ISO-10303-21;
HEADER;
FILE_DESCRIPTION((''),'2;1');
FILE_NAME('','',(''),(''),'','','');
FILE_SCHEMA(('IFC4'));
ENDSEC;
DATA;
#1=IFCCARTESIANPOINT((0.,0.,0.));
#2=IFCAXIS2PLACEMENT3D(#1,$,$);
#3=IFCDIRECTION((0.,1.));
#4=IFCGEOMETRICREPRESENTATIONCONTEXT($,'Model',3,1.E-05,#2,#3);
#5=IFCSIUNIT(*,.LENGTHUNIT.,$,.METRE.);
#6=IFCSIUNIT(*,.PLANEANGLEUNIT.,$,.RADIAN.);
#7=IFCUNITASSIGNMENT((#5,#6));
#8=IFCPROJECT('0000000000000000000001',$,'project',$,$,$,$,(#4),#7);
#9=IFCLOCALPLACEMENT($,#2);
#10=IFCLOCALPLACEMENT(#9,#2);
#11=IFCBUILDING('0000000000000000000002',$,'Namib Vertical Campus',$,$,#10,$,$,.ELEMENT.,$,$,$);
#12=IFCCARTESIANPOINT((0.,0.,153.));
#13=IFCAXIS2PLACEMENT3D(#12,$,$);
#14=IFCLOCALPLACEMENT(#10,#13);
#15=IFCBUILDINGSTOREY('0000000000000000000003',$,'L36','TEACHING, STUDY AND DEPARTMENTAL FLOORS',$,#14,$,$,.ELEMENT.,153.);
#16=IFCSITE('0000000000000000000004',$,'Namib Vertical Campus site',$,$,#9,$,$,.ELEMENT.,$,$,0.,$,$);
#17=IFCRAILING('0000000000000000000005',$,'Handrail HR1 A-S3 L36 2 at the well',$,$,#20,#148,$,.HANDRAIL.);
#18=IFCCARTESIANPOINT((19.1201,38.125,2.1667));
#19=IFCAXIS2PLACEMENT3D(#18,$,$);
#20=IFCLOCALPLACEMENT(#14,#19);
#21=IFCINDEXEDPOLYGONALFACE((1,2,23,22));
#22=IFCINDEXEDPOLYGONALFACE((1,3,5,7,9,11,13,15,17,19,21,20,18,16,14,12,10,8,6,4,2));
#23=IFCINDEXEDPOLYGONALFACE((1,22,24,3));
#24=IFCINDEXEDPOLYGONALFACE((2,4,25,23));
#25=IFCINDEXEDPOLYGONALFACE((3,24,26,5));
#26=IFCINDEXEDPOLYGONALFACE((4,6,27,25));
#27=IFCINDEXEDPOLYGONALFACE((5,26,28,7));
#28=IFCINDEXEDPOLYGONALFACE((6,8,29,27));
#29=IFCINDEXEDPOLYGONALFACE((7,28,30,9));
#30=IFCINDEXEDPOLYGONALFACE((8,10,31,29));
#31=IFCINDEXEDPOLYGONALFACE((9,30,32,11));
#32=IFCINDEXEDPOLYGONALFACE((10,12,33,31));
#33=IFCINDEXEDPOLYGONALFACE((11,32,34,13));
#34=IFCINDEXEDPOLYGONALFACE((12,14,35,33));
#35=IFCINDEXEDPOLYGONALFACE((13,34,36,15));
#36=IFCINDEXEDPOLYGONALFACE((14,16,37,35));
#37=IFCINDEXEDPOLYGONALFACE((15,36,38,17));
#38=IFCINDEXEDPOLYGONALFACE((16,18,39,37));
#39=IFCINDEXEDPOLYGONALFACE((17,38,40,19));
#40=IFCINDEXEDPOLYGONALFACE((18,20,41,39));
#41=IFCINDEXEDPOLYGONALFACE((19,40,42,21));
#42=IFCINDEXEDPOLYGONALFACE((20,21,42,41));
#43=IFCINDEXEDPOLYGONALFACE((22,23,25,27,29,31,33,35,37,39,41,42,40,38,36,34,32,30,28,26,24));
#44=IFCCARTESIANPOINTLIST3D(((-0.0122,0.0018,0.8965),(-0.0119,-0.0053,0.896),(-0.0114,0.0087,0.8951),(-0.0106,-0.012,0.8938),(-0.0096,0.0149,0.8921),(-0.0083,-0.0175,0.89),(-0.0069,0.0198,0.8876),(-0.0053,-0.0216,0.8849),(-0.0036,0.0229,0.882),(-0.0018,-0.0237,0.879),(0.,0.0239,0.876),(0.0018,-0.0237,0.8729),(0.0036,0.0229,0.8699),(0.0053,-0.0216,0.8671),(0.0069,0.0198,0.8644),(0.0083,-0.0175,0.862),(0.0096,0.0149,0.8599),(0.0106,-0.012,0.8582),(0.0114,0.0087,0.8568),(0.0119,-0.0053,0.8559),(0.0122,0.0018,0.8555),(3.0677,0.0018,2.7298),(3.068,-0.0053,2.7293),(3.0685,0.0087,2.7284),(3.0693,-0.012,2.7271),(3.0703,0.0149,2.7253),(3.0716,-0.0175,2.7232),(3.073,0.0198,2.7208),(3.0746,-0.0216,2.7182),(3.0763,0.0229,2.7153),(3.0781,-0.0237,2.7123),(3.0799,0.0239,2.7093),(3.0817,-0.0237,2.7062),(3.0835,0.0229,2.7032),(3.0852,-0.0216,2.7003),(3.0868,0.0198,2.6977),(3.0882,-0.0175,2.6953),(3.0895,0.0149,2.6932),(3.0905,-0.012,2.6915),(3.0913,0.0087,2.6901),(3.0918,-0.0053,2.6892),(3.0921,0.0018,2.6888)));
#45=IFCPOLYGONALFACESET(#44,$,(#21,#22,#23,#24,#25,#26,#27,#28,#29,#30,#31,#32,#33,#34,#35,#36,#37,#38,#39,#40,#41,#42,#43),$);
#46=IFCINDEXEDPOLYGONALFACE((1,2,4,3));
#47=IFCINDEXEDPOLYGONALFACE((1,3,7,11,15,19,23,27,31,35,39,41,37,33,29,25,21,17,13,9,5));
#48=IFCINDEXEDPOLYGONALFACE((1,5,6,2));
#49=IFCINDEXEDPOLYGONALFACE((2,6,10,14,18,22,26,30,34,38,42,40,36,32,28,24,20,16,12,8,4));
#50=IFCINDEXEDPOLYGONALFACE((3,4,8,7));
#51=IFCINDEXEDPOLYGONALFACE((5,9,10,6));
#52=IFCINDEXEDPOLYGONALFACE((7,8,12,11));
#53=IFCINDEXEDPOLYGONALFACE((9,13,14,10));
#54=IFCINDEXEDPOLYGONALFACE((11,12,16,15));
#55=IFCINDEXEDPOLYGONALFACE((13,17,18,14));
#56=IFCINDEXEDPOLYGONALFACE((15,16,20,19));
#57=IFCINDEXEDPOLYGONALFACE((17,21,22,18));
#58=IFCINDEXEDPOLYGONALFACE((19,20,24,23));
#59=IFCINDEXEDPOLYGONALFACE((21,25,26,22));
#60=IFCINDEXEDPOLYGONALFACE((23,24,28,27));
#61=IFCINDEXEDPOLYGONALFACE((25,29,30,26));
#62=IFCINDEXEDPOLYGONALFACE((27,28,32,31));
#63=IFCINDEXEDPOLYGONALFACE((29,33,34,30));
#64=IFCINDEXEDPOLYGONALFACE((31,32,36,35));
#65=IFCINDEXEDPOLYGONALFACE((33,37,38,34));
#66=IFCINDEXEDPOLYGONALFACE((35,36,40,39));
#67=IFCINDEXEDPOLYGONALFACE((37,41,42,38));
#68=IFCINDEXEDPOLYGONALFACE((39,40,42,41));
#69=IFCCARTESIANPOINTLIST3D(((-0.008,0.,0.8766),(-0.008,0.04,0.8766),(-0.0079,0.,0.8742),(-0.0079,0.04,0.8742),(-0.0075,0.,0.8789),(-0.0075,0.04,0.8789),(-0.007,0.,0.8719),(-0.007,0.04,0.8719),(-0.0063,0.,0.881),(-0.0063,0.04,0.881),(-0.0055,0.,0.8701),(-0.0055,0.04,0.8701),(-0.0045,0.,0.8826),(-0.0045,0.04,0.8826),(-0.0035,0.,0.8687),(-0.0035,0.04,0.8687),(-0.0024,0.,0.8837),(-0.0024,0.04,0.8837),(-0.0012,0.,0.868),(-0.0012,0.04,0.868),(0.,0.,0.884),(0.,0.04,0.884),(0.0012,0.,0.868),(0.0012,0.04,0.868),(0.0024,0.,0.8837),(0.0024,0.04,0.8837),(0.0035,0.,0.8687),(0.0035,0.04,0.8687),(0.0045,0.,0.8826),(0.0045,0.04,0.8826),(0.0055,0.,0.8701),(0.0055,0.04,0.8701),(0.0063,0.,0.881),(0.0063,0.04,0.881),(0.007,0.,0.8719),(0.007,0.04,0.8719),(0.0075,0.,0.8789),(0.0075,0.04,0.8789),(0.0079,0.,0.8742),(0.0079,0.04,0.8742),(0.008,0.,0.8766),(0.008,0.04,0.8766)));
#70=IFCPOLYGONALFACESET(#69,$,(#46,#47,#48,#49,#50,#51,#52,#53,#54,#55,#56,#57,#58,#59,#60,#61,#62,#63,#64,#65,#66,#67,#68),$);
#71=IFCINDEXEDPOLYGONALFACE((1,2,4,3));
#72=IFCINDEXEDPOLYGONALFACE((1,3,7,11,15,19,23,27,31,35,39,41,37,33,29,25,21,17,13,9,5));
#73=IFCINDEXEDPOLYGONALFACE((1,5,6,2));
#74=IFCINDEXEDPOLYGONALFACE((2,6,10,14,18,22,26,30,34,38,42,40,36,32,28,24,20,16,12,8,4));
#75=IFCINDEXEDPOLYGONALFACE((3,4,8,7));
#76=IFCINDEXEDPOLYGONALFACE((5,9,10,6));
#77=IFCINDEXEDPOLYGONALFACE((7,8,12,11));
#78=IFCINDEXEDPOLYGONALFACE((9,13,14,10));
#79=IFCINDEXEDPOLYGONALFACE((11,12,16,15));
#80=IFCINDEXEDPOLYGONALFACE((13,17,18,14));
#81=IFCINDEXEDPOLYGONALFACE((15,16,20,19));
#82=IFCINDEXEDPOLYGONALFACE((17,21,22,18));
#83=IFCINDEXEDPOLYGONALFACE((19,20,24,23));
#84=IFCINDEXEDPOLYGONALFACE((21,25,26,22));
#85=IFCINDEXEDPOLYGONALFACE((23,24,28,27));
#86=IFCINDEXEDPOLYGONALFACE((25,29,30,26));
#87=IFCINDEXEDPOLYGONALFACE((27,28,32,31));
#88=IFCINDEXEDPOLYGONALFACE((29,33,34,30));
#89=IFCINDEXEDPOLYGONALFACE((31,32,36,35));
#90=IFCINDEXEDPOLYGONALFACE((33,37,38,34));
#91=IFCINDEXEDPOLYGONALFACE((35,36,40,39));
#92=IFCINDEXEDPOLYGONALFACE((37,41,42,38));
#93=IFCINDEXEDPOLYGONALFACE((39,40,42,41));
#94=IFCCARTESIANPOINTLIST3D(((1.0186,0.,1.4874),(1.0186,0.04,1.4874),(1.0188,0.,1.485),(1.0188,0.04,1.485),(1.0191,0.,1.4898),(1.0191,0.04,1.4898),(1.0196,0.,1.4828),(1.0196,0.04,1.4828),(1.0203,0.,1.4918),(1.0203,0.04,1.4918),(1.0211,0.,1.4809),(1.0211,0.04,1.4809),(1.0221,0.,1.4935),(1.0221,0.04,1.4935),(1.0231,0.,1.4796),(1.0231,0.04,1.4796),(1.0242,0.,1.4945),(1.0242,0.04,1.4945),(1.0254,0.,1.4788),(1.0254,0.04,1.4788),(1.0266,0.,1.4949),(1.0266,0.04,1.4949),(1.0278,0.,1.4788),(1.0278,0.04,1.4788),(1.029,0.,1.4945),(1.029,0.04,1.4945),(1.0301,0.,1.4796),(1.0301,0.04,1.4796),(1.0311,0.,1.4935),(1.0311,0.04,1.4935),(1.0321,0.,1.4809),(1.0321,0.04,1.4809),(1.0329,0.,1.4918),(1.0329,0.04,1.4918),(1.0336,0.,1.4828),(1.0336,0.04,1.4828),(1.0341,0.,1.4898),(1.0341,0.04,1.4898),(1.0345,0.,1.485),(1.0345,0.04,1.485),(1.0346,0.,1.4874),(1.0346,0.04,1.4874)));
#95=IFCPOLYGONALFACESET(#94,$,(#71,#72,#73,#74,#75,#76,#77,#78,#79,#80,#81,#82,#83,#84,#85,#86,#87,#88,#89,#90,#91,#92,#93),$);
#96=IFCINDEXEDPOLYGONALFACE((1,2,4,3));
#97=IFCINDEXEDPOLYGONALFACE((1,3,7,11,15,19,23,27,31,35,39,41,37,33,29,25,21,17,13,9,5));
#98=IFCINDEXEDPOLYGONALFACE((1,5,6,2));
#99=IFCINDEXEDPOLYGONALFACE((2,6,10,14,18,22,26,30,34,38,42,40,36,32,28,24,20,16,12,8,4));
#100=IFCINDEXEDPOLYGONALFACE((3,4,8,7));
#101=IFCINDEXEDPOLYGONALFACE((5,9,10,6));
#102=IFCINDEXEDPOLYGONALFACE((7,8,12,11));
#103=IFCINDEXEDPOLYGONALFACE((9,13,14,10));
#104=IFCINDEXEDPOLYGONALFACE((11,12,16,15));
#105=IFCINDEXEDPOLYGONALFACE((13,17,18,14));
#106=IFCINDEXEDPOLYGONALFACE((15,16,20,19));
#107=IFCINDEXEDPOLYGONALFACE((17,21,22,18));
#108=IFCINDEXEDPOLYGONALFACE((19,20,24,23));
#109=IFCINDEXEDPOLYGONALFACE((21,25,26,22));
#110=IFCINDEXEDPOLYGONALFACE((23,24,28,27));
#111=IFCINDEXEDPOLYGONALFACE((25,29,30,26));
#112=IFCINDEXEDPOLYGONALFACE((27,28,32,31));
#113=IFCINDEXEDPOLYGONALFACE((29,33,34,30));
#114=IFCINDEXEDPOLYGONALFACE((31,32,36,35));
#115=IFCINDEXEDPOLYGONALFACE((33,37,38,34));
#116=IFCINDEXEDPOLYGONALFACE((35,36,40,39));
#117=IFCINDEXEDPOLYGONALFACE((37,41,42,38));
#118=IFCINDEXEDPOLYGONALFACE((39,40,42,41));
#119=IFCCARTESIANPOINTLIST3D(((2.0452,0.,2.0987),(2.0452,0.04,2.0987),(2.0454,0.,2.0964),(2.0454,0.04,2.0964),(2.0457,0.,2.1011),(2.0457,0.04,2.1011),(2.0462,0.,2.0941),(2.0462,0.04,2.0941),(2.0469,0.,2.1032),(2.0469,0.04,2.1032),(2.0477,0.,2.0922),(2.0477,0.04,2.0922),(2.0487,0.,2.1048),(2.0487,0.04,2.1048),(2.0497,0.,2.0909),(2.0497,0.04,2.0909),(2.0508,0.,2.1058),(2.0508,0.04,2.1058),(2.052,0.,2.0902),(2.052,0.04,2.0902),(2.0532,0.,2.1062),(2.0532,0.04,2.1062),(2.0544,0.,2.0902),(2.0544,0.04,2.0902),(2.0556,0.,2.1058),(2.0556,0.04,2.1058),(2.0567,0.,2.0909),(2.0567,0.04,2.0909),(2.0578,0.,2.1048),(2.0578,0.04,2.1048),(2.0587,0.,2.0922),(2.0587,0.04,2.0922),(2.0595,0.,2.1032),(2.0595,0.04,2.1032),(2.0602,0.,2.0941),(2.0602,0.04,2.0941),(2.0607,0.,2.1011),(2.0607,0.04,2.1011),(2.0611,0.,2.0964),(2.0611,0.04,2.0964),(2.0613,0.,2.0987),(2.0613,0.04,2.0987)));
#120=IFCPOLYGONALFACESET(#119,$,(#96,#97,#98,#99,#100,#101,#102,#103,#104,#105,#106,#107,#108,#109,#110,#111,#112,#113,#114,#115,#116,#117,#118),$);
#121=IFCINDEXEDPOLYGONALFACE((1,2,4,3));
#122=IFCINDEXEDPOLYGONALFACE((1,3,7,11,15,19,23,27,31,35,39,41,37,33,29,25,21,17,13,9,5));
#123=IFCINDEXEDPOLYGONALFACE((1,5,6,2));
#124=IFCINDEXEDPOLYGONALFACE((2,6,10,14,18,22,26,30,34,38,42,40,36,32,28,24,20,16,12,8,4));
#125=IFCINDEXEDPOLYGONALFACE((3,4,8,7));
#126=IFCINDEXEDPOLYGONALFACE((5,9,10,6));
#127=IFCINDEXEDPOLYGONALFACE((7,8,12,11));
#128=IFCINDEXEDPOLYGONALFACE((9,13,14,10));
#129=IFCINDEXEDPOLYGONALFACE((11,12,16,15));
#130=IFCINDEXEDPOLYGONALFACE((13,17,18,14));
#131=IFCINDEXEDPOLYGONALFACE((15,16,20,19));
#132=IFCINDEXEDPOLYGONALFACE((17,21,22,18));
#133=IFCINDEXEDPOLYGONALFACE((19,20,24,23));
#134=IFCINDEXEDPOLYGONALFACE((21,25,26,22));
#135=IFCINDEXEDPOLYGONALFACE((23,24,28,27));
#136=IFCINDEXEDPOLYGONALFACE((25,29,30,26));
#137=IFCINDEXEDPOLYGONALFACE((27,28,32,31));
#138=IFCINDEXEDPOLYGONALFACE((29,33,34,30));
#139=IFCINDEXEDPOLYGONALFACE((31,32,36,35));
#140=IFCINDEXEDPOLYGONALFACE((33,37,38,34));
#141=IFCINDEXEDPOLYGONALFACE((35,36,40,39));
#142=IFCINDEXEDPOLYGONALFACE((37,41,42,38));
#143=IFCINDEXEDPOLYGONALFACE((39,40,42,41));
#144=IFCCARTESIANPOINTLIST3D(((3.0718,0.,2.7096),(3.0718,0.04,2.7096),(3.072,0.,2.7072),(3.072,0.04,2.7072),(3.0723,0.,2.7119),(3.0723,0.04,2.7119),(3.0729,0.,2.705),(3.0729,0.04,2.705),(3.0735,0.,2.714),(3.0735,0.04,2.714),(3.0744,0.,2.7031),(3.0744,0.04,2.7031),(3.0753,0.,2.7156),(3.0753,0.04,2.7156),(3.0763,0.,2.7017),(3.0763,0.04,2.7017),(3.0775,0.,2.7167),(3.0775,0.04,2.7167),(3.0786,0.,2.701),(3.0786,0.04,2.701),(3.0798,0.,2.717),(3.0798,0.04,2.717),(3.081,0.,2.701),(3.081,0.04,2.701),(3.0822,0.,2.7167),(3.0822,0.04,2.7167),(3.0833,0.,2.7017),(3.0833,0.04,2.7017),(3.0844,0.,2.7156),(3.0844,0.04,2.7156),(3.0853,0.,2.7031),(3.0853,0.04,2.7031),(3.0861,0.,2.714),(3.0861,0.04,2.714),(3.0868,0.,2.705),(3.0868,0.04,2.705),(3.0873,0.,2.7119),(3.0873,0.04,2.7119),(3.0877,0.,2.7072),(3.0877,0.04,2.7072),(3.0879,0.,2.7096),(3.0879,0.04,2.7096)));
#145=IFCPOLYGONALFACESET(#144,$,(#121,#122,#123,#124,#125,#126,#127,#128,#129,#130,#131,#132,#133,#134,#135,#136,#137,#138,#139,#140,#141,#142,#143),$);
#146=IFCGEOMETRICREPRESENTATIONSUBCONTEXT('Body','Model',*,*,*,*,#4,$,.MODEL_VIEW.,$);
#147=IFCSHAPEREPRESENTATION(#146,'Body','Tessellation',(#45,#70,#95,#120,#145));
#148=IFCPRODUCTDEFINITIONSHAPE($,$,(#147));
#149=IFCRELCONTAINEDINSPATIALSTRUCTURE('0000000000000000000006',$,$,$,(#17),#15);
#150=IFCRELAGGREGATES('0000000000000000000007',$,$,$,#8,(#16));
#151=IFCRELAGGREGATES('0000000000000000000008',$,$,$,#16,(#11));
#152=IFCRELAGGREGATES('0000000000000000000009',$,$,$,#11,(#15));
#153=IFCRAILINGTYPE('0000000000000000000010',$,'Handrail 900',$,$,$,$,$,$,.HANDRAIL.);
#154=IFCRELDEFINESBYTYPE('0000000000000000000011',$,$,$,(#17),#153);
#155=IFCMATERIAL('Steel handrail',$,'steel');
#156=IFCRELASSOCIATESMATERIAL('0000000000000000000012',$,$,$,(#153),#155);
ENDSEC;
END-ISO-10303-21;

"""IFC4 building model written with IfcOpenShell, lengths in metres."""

from ifc_helpers import new_model, si_unit, direction, frame, origin, origin_2d, place, context, subcontext, project, spatial, circle, extrude, material, type_object, element, save


model = new_model("IFC4")

# Units and contexts
model_context = context("Model", 3, precision=1e-05, world=origin(), true_north=direction((0.0, 1.0)))
body_context = subcontext(model_context, "Body", "Model", "MODEL_VIEW")
ifc_project = project(units=[si_unit("LENGTHUNIT", "METRE"), si_unit("PLANEANGLEUNIT", "RADIAN")], contexts=[model_context])

# Site, building, storey
site_placement = place(None, origin())
site = spatial("IfcSite", under=ifc_project, at=site_placement, Name="Namib Vertical Campus site", CompositionType="ELEMENT", RefElevation=0.0)
building_placement = place(site_placement, origin())
building = spatial("IfcBuilding", under=site, at=building_placement, Name="Namib Vertical Campus", CompositionType="ELEMENT")
storey_placement = place(building_placement, frame((0.0, 0.0, 153.0)))
storey = spatial("IfcBuildingStorey", under=building, at=storey_placement, Name="L36", Description="TEACHING, STUDY AND DEPARTMENTAL FLOORS", CompositionType="ELEMENT", Elevation=153.0)

# Railing
ifc_material_1 = material(Name="Steel handrail", Category="steel")
railing_type_1 = type_object("IfcRailingType", Name="Handrail 900", PredefinedType="HANDRAIL", material=ifc_material_1)
railing_1_placement = place(storey_placement, frame((19.1201, 38.125, 2.1667)))
element("IfcRailing", 1, at=railing_1_placement, inside=storey, type_object=railing_type_1, Name="Handrail HR1 A-S3 L36 2 at the well", PredefinedType="HANDRAIL", context=body_context, shape_type="SweptSolid", body=[
    extrude(circle(Radius=0.0239, at=origin_2d()), frame((0.0, 0.0, 0.876), z_axis=(0.859291, 0.0, 0.511487), x_axis=(0.0, 1.0, 0.0)), (0.0, 0.0, 1.0), 3.5842),
    extrude(circle(Radius=0.0081, at=origin_2d()), frame((0.0, 0.0, 0.876), z_axis=(0.0, 1.0, 0.0), x_axis=(0.0, 0.0, 1.0)), (0.0, 0.0, 1.0), 0.04),
    extrude(circle(Radius=0.0081, at=origin_2d()), frame((1.0266, 0.0, 1.4868), z_axis=(0.0, 1.0, 0.0), x_axis=(0.0, 0.0, 1.0)), (0.0, 0.0, 1.0), 0.04),
    extrude(circle(Radius=0.0081, at=origin_2d()), frame((2.0532, 0.0, 2.0981), z_axis=(0.0, 1.0, 0.0), x_axis=(0.0, 0.0, 1.0)), (0.0, 0.0, 1.0), 0.04),
    extrude(circle(Radius=0.0081, at=origin_2d()), frame((3.0798, 0.0, 2.709), z_axis=(0.0, 1.0, 0.0), x_axis=(0.0, 0.0, 1.0)), (0.0, 0.0, 1.0), 0.04),
])

save(model, "model.ifc")
